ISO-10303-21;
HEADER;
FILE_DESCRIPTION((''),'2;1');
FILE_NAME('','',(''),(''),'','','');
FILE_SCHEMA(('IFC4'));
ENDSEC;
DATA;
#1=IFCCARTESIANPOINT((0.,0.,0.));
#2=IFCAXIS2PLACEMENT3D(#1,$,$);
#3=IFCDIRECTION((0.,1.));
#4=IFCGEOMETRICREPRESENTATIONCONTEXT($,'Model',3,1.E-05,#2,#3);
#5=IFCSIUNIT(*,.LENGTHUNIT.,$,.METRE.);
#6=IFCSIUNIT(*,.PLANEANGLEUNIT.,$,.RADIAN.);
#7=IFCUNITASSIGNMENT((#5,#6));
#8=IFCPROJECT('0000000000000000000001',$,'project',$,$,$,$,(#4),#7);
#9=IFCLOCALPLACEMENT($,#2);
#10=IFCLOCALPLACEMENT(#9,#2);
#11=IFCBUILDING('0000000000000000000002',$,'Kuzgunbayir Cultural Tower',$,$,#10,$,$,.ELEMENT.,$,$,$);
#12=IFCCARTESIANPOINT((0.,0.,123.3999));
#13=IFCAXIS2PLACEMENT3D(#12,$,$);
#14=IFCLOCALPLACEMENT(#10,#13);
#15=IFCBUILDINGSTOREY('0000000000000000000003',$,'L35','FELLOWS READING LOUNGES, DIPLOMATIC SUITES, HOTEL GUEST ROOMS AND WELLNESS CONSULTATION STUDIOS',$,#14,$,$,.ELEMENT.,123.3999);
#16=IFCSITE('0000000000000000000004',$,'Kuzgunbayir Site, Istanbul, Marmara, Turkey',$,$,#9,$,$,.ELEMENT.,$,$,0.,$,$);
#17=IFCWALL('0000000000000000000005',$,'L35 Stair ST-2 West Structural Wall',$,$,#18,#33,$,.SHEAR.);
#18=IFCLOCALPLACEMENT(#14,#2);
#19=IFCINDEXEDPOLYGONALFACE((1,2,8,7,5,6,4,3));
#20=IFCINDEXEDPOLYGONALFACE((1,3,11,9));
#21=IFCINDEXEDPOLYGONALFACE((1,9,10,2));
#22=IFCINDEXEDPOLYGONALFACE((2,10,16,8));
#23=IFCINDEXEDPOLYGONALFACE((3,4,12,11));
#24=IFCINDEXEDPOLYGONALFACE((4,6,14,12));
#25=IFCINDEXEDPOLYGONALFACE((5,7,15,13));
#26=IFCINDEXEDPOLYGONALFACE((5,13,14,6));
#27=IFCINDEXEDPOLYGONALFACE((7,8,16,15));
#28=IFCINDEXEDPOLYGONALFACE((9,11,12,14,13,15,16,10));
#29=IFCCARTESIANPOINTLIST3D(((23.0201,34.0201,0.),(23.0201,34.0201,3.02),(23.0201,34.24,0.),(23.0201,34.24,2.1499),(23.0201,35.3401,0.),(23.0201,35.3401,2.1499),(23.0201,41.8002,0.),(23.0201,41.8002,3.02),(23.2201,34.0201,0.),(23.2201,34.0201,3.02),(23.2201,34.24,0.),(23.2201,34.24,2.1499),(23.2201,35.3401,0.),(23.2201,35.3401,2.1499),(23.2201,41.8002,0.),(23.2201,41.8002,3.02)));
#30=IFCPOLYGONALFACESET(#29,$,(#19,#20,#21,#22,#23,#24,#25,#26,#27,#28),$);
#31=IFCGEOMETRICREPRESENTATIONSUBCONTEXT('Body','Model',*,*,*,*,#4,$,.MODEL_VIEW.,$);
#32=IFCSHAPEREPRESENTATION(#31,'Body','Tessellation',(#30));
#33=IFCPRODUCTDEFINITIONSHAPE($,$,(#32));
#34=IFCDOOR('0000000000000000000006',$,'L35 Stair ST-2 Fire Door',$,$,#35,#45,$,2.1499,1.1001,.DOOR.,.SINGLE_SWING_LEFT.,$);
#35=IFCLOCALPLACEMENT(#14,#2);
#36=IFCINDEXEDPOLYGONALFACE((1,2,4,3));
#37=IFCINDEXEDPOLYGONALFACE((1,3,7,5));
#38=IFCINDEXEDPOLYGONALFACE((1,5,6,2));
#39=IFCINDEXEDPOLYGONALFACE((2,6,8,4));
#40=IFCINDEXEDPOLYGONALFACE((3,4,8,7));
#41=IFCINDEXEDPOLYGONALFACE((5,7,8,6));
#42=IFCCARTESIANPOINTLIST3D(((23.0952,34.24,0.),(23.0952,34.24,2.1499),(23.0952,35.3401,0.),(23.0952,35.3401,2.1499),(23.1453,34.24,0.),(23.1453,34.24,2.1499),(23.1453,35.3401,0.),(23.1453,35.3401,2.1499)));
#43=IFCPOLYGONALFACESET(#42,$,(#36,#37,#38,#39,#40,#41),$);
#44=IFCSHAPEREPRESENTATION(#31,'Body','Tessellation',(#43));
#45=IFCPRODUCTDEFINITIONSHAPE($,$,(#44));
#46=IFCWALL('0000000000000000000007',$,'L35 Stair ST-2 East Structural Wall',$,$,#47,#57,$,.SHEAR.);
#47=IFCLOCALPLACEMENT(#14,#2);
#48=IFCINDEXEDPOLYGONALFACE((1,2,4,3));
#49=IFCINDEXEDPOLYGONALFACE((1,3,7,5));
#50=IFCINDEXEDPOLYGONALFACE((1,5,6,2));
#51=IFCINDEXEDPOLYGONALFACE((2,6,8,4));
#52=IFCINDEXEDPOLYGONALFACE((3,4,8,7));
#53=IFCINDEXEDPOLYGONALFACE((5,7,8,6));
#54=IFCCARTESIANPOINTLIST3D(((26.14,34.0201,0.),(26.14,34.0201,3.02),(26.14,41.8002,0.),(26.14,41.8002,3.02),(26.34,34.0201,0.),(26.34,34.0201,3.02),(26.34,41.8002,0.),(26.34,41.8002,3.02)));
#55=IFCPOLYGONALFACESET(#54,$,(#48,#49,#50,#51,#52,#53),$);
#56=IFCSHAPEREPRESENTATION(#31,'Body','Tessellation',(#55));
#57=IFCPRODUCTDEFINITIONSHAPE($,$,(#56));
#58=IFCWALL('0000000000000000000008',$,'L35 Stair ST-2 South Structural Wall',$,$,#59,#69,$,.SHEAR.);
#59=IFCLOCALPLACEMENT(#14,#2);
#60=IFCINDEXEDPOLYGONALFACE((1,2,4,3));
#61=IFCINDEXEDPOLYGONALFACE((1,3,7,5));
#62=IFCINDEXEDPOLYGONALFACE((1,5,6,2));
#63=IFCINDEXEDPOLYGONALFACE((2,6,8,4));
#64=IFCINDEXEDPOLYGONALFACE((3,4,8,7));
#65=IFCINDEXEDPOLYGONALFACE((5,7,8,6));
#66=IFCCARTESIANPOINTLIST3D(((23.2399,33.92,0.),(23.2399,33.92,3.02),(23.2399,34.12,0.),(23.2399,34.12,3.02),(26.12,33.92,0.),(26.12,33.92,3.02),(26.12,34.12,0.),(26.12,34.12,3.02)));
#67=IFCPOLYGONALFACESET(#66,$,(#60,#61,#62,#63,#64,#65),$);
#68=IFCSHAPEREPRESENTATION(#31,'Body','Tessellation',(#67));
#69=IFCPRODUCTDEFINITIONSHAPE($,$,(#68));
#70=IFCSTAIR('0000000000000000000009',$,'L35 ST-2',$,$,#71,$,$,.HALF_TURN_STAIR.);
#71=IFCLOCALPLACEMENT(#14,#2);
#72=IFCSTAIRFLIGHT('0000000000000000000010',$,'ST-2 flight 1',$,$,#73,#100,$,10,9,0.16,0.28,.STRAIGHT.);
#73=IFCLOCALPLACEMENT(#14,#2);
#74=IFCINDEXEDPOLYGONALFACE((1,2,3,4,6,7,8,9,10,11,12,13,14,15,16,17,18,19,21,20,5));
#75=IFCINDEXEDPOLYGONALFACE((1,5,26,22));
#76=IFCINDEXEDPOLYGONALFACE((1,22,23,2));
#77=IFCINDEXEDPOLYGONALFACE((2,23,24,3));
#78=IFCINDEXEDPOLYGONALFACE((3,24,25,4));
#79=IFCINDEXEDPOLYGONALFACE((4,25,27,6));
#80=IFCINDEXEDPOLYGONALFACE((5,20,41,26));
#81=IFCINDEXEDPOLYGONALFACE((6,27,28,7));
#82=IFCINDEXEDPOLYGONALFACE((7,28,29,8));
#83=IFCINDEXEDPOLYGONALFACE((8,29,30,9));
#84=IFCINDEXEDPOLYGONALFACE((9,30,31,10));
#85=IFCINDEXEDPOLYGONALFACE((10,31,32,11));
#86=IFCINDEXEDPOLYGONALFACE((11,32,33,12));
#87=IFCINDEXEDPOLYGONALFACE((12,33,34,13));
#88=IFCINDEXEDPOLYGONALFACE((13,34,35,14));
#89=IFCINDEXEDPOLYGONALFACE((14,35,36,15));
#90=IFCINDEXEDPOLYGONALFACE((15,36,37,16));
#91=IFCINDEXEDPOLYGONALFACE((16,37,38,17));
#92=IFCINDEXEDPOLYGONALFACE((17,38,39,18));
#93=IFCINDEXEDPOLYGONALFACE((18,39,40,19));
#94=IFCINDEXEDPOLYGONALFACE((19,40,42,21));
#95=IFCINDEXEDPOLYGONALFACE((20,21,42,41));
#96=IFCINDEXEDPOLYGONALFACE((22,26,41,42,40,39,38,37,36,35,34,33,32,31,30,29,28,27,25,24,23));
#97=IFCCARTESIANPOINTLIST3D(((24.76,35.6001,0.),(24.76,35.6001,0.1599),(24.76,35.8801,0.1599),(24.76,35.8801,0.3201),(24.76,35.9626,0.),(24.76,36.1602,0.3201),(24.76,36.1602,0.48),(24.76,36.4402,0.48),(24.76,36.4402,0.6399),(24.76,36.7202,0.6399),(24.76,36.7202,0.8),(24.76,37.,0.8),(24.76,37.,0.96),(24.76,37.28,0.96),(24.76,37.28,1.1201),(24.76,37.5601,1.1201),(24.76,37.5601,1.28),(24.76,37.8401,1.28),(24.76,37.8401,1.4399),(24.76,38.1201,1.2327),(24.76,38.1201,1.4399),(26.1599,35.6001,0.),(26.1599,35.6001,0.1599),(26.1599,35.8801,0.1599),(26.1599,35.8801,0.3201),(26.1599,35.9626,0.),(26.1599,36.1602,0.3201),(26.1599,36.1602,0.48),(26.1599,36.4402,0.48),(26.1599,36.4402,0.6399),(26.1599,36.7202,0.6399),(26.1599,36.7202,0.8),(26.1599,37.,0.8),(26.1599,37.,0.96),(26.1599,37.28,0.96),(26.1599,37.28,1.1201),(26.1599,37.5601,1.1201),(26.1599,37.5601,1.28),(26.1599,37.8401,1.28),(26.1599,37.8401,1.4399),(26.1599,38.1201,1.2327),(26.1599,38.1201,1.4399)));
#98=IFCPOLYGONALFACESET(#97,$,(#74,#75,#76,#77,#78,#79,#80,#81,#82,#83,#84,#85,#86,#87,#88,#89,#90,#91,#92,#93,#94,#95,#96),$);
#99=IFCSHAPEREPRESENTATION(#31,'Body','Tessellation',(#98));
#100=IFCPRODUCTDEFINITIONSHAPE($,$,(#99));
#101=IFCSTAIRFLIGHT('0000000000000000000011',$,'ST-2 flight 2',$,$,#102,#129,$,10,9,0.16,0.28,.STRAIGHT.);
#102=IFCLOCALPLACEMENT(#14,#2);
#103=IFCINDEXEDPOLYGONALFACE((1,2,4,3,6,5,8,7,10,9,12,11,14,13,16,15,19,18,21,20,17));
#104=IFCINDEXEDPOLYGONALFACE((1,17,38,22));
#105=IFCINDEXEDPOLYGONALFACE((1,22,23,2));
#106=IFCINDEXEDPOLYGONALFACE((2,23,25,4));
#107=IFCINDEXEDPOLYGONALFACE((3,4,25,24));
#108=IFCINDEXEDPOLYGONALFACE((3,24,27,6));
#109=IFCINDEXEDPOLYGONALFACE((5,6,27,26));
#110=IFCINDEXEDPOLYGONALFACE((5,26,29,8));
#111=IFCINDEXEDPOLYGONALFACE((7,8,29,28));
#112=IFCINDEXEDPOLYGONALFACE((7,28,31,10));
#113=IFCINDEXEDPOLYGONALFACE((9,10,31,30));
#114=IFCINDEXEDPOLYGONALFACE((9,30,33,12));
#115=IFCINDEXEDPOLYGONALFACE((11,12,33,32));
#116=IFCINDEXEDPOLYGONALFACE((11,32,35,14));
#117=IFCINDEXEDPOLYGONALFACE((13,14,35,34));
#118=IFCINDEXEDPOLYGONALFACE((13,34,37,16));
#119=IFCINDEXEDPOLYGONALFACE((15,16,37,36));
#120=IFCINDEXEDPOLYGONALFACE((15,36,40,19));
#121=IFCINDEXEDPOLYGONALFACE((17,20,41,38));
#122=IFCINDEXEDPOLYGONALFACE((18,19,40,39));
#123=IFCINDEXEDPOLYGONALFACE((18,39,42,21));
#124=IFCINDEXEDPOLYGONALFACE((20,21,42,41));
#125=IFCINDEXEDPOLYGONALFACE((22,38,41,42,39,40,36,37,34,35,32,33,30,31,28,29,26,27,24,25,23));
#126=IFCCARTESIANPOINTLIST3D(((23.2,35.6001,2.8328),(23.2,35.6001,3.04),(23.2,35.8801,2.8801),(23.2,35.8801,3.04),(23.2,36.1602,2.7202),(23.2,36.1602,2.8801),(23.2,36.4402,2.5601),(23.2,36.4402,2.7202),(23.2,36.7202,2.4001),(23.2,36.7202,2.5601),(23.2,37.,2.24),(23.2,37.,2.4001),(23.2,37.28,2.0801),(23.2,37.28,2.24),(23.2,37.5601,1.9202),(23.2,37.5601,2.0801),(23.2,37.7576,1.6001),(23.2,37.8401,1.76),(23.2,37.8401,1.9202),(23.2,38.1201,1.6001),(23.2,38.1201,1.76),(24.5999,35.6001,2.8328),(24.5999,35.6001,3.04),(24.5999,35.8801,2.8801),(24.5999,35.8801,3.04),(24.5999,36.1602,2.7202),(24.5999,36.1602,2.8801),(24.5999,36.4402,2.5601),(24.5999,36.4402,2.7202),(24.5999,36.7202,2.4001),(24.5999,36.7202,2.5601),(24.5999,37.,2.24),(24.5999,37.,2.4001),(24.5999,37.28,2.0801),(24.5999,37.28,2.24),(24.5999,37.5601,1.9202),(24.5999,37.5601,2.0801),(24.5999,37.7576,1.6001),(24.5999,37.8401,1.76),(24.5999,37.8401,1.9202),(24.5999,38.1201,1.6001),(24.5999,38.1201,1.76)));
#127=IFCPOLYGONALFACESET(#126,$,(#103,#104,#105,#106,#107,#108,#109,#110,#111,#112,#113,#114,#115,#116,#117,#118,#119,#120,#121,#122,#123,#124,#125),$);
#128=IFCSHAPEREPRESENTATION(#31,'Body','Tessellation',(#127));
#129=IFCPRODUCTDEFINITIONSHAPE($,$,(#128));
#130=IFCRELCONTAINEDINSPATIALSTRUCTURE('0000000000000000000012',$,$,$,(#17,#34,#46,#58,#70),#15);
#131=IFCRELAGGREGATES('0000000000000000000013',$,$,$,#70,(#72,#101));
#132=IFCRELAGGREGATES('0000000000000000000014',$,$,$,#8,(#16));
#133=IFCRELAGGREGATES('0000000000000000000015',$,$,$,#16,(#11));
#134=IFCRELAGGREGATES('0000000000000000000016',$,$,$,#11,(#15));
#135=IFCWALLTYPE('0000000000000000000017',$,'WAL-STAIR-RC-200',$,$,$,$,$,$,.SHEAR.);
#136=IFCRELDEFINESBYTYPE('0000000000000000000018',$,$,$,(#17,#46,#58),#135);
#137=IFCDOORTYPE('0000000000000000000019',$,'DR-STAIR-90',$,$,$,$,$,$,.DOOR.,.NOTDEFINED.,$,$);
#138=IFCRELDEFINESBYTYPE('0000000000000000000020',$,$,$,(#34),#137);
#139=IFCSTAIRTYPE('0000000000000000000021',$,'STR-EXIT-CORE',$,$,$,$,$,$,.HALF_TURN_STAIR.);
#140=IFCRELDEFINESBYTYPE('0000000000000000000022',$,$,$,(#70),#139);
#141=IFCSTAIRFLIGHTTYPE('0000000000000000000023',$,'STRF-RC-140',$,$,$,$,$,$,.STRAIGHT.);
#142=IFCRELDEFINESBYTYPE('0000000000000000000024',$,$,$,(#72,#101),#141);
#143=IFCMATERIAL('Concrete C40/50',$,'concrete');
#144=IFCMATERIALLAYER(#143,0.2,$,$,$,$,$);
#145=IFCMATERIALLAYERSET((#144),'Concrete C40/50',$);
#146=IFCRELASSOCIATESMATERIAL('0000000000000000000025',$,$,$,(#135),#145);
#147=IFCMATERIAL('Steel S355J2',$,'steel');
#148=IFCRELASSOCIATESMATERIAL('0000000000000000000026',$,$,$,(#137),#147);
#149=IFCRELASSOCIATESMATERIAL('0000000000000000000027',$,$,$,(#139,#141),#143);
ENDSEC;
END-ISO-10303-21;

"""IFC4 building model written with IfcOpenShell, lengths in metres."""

from ifc_helpers import new_model, si_unit, direction, frame, frame_2d, origin, place, context, subcontext, project, spatial, polyline, rectangle, outline, extrude, material, layer, layer_set, type_object, element, fill, aggregate, save


model = new_model("IFC4")

# Units and contexts
model_context = context("Model", 3, precision=1e-05, world=origin(), true_north=direction((0.0, 1.0)))
body_context = subcontext(model_context, "Body", "Model", "MODEL_VIEW")
ifc_project = project(units=[si_unit("LENGTHUNIT", "METRE"), si_unit("PLANEANGLEUNIT", "RADIAN")], contexts=[model_context])

# Site, building, storey
site_placement = place(None, origin())
site = spatial("IfcSite", under=ifc_project, at=site_placement, Name="Kuzgunbayir Site, Istanbul, Marmara, Turkey", CompositionType="ELEMENT", RefElevation=0.0)
building_placement = place(site_placement, origin())
building = spatial("IfcBuilding", under=site, at=building_placement, Name="Kuzgunbayir Cultural Tower", CompositionType="ELEMENT")
storey_placement = place(building_placement, frame((0.0, 0.0, 123.3999)))
storey = spatial("IfcBuildingStorey", under=building, at=storey_placement, Name="L35", Description="FELLOWS READING LOUNGES, DIPLOMATIC SUITES, HOTEL GUEST ROOMS AND WELLNESS CONSULTATION STUDIOS", CompositionType="ELEMENT", Elevation=123.3999)

# Shared definitions
ifc_material_1 = material(Name="Steel S355J2", Category="steel")

# Shared definitions
ifc_material_2 = material(Name="Concrete C40/50", Category="concrete")

# Wall, opening, door
ifc_layer_1 = layer(ifc_material_2, 0.2)
ifc_layer_set_1 = layer_set([ifc_layer_1], Name="Concrete C40/50")
wall_type_1 = type_object("IfcWallType", Name="WAL-STAIR-RC-200", PredefinedType="SHEAR", material=ifc_layer_set_1)
wall_1_placement = place(storey_placement, frame((23.1201, 34.02, 0.0), z_axis=(0.0, 0.0, 1.0), x_axis=(0.0, 1.0, 0.0)))
wall_1 = element("IfcWall", 1, at=wall_1_placement, inside=storey, type_object=wall_type_1, Name="L35 Stair ST-2 West Structural Wall", PredefinedType="SHEAR", context=body_context, shape_type="SweptSolid", body=[
    extrude(rectangle(XDim=7.78, YDim=0.2, at=frame_2d((3.8901, 0.0))), origin(), (0.0, 0.0, 1.0), 3.02),
])
opening_1_placement = place(wall_1_placement, frame((0.22, 0.0, 0.0)))
opening_1 = element("IfcOpeningElement", 2, at=opening_1_placement, cuts=wall_1, PredefinedType="OPENING", context=body_context, shape_type="SweptSolid", body=[
    extrude(rectangle(XDim=1.1001, YDim=2.1499, at=frame_2d((0.55, 1.075))), frame((0.0, 0.1099, 0.0), z_axis=(0.0, -1.0, 0.0), x_axis=(1.0, 0.0, 0.0)), (0.0, 0.0, 1.0), 0.22),
])
door_type_1 = type_object("IfcDoorType", Name="DR-STAIR-90", OperationType="NOTDEFINED", PredefinedType="DOOR", material=ifc_material_1)
door_1_placement = place(opening_1_placement, origin())
door_1 = element("IfcDoor", 3, at=door_1_placement, inside=storey, type_object=door_type_1, Name="L35 Stair ST-2 Fire Door", OperationType="SINGLE_SWING_LEFT", OverallHeight=2.1499, OverallWidth=1.1001, PredefinedType="DOOR", context=body_context, shape_type="SweptSolid", body=[
    extrude(rectangle(XDim=1.1001, YDim=2.1499, at=frame_2d((0.55, 1.075))), frame((0.0, 0.0249, 0.0), z_axis=(0.0, -1.0, 0.0), x_axis=(1.0, 0.0, 0.0)), (0.0, 0.0, 1.0), 0.05),
])
fill(opening_1, door_1)

# Walls
wall_2_placement = place(storey_placement, frame((26.24, 34.02, 0.0), z_axis=(0.0, 0.0, 1.0), x_axis=(0.0, 1.0, 0.0)))
element("IfcWall", 4, at=wall_2_placement, inside=storey, type_object=wall_type_1, Name="L35 Stair ST-2 East Structural Wall", PredefinedType="SHEAR", context=body_context, shape_type="SweptSolid", body=[
    extrude(rectangle(XDim=7.78, YDim=0.2, at=frame_2d((3.8901, 0.0))), origin(), (0.0, 0.0, 1.0), 3.02),
])
wall_3_placement = place(storey_placement, frame((23.24, 34.02, 0.0), z_axis=(0.0, 0.0, 1.0), x_axis=(1.0, 0.0, 0.0)))
element("IfcWall", 5, at=wall_3_placement, inside=storey, type_object=wall_type_1, Name="L35 Stair ST-2 South Structural Wall", PredefinedType="SHEAR", context=body_context, shape_type="SweptSolid", body=[
    extrude(rectangle(XDim=2.8801, YDim=0.2, at=frame_2d((1.4399, 0.0))), origin(), (0.0, 0.0, 1.0), 3.02),
])

# Stair, stair flights
stair_type = type_object("IfcStairType", Name="STR-EXIT-CORE", PredefinedType="HALF_TURN_STAIR", material=ifc_material_2)
stair_placement = place(storey_placement, origin())
stair = element("IfcStair", 6, at=stair_placement, inside=storey, type_object=stair_type, Name="L35 ST-2", PredefinedType="HALF_TURN_STAIR")
stair_flight_type = type_object("IfcStairFlightType", Name="STRF-RC-140", PredefinedType="STRAIGHT", material=ifc_material_2)
stair_flight_1_placement = place(storey_placement, frame((25.46, 35.6001, 0.0), z_axis=(0.0, 0.0, 1.0), x_axis=(0.0, 1.0, 0.0)))
stair_flight_1 = element("IfcStairFlight", 7, at=stair_flight_1_placement, type_object=stair_flight_type, Name="ST-2 flight 1", NumberOfRisers=10, NumberOfTreads=9, PredefinedType="STRAIGHT", RiserHeight=0.16, TreadLength=0.28, context=body_context, shape_type="SweptSolid", body=[
    extrude(outline(polyline([(0.0, 0.0), (0.0, 0.1599), (0.28, 0.1599), (0.28, 0.3201), (0.5601, 0.3201), (0.5601, 0.48), (0.8401, 0.48), (0.8401, 0.6399), (1.1201, 0.6399), (1.1201, 0.8), (1.3999, 0.8), (1.3999, 0.96), (1.6799, 0.96), (1.6799, 1.1201), (1.96, 1.1201), (1.96, 1.28), (2.24, 1.28), (2.24, 1.4399), (2.52, 1.4399), (2.52, 1.6001), (2.52, 1.2327), (0.3625, 0.0), (0.0, 0.0)])), frame((0.0, 0.7, 0.0), z_axis=(0.0, -1.0, 0.0), x_axis=(1.0, 0.0, 0.0)), (0.0, 0.0, 1.0), 1.3999),
])
stair_flight_2_placement = place(storey_placement, frame((23.8999, 38.1201, 1.6001), z_axis=(0.0, 0.0, 1.0), x_axis=(0.0, -1.0, 0.0)))
stair_flight_2 = element("IfcStairFlight", 8, at=stair_flight_2_placement, type_object=stair_flight_type, Name="ST-2 flight 2", NumberOfRisers=10, NumberOfTreads=9, PredefinedType="STRAIGHT", RiserHeight=0.16, TreadLength=0.28, context=body_context, shape_type="SweptSolid", body=[
    extrude(outline(polyline([(0.0, 0.0), (0.0, 0.1599), (0.28, 0.1599), (0.28, 0.3201), (0.5601, 0.3201), (0.5601, 0.48), (0.8401, 0.48), (0.8401, 0.6399), (1.1201, 0.6399), (1.1201, 0.8), (1.3999, 0.8), (1.3999, 0.96), (1.6799, 0.96), (1.6799, 1.1201), (1.96, 1.1201), (1.96, 1.28), (2.24, 1.28), (2.24, 1.4399), (2.52, 1.4399), (2.52, 1.6001), (2.52, 1.2327), (0.3625, 0.0), (0.0, 0.0)])), frame((0.0, 0.7, 0.0), z_axis=(0.0, -1.0, 0.0), x_axis=(1.0, 0.0, 0.0)), (0.0, 0.0, 1.0), 1.3999),
])
aggregate(stair, [stair_flight_1, stair_flight_2])

save(model, "model.ifc")
